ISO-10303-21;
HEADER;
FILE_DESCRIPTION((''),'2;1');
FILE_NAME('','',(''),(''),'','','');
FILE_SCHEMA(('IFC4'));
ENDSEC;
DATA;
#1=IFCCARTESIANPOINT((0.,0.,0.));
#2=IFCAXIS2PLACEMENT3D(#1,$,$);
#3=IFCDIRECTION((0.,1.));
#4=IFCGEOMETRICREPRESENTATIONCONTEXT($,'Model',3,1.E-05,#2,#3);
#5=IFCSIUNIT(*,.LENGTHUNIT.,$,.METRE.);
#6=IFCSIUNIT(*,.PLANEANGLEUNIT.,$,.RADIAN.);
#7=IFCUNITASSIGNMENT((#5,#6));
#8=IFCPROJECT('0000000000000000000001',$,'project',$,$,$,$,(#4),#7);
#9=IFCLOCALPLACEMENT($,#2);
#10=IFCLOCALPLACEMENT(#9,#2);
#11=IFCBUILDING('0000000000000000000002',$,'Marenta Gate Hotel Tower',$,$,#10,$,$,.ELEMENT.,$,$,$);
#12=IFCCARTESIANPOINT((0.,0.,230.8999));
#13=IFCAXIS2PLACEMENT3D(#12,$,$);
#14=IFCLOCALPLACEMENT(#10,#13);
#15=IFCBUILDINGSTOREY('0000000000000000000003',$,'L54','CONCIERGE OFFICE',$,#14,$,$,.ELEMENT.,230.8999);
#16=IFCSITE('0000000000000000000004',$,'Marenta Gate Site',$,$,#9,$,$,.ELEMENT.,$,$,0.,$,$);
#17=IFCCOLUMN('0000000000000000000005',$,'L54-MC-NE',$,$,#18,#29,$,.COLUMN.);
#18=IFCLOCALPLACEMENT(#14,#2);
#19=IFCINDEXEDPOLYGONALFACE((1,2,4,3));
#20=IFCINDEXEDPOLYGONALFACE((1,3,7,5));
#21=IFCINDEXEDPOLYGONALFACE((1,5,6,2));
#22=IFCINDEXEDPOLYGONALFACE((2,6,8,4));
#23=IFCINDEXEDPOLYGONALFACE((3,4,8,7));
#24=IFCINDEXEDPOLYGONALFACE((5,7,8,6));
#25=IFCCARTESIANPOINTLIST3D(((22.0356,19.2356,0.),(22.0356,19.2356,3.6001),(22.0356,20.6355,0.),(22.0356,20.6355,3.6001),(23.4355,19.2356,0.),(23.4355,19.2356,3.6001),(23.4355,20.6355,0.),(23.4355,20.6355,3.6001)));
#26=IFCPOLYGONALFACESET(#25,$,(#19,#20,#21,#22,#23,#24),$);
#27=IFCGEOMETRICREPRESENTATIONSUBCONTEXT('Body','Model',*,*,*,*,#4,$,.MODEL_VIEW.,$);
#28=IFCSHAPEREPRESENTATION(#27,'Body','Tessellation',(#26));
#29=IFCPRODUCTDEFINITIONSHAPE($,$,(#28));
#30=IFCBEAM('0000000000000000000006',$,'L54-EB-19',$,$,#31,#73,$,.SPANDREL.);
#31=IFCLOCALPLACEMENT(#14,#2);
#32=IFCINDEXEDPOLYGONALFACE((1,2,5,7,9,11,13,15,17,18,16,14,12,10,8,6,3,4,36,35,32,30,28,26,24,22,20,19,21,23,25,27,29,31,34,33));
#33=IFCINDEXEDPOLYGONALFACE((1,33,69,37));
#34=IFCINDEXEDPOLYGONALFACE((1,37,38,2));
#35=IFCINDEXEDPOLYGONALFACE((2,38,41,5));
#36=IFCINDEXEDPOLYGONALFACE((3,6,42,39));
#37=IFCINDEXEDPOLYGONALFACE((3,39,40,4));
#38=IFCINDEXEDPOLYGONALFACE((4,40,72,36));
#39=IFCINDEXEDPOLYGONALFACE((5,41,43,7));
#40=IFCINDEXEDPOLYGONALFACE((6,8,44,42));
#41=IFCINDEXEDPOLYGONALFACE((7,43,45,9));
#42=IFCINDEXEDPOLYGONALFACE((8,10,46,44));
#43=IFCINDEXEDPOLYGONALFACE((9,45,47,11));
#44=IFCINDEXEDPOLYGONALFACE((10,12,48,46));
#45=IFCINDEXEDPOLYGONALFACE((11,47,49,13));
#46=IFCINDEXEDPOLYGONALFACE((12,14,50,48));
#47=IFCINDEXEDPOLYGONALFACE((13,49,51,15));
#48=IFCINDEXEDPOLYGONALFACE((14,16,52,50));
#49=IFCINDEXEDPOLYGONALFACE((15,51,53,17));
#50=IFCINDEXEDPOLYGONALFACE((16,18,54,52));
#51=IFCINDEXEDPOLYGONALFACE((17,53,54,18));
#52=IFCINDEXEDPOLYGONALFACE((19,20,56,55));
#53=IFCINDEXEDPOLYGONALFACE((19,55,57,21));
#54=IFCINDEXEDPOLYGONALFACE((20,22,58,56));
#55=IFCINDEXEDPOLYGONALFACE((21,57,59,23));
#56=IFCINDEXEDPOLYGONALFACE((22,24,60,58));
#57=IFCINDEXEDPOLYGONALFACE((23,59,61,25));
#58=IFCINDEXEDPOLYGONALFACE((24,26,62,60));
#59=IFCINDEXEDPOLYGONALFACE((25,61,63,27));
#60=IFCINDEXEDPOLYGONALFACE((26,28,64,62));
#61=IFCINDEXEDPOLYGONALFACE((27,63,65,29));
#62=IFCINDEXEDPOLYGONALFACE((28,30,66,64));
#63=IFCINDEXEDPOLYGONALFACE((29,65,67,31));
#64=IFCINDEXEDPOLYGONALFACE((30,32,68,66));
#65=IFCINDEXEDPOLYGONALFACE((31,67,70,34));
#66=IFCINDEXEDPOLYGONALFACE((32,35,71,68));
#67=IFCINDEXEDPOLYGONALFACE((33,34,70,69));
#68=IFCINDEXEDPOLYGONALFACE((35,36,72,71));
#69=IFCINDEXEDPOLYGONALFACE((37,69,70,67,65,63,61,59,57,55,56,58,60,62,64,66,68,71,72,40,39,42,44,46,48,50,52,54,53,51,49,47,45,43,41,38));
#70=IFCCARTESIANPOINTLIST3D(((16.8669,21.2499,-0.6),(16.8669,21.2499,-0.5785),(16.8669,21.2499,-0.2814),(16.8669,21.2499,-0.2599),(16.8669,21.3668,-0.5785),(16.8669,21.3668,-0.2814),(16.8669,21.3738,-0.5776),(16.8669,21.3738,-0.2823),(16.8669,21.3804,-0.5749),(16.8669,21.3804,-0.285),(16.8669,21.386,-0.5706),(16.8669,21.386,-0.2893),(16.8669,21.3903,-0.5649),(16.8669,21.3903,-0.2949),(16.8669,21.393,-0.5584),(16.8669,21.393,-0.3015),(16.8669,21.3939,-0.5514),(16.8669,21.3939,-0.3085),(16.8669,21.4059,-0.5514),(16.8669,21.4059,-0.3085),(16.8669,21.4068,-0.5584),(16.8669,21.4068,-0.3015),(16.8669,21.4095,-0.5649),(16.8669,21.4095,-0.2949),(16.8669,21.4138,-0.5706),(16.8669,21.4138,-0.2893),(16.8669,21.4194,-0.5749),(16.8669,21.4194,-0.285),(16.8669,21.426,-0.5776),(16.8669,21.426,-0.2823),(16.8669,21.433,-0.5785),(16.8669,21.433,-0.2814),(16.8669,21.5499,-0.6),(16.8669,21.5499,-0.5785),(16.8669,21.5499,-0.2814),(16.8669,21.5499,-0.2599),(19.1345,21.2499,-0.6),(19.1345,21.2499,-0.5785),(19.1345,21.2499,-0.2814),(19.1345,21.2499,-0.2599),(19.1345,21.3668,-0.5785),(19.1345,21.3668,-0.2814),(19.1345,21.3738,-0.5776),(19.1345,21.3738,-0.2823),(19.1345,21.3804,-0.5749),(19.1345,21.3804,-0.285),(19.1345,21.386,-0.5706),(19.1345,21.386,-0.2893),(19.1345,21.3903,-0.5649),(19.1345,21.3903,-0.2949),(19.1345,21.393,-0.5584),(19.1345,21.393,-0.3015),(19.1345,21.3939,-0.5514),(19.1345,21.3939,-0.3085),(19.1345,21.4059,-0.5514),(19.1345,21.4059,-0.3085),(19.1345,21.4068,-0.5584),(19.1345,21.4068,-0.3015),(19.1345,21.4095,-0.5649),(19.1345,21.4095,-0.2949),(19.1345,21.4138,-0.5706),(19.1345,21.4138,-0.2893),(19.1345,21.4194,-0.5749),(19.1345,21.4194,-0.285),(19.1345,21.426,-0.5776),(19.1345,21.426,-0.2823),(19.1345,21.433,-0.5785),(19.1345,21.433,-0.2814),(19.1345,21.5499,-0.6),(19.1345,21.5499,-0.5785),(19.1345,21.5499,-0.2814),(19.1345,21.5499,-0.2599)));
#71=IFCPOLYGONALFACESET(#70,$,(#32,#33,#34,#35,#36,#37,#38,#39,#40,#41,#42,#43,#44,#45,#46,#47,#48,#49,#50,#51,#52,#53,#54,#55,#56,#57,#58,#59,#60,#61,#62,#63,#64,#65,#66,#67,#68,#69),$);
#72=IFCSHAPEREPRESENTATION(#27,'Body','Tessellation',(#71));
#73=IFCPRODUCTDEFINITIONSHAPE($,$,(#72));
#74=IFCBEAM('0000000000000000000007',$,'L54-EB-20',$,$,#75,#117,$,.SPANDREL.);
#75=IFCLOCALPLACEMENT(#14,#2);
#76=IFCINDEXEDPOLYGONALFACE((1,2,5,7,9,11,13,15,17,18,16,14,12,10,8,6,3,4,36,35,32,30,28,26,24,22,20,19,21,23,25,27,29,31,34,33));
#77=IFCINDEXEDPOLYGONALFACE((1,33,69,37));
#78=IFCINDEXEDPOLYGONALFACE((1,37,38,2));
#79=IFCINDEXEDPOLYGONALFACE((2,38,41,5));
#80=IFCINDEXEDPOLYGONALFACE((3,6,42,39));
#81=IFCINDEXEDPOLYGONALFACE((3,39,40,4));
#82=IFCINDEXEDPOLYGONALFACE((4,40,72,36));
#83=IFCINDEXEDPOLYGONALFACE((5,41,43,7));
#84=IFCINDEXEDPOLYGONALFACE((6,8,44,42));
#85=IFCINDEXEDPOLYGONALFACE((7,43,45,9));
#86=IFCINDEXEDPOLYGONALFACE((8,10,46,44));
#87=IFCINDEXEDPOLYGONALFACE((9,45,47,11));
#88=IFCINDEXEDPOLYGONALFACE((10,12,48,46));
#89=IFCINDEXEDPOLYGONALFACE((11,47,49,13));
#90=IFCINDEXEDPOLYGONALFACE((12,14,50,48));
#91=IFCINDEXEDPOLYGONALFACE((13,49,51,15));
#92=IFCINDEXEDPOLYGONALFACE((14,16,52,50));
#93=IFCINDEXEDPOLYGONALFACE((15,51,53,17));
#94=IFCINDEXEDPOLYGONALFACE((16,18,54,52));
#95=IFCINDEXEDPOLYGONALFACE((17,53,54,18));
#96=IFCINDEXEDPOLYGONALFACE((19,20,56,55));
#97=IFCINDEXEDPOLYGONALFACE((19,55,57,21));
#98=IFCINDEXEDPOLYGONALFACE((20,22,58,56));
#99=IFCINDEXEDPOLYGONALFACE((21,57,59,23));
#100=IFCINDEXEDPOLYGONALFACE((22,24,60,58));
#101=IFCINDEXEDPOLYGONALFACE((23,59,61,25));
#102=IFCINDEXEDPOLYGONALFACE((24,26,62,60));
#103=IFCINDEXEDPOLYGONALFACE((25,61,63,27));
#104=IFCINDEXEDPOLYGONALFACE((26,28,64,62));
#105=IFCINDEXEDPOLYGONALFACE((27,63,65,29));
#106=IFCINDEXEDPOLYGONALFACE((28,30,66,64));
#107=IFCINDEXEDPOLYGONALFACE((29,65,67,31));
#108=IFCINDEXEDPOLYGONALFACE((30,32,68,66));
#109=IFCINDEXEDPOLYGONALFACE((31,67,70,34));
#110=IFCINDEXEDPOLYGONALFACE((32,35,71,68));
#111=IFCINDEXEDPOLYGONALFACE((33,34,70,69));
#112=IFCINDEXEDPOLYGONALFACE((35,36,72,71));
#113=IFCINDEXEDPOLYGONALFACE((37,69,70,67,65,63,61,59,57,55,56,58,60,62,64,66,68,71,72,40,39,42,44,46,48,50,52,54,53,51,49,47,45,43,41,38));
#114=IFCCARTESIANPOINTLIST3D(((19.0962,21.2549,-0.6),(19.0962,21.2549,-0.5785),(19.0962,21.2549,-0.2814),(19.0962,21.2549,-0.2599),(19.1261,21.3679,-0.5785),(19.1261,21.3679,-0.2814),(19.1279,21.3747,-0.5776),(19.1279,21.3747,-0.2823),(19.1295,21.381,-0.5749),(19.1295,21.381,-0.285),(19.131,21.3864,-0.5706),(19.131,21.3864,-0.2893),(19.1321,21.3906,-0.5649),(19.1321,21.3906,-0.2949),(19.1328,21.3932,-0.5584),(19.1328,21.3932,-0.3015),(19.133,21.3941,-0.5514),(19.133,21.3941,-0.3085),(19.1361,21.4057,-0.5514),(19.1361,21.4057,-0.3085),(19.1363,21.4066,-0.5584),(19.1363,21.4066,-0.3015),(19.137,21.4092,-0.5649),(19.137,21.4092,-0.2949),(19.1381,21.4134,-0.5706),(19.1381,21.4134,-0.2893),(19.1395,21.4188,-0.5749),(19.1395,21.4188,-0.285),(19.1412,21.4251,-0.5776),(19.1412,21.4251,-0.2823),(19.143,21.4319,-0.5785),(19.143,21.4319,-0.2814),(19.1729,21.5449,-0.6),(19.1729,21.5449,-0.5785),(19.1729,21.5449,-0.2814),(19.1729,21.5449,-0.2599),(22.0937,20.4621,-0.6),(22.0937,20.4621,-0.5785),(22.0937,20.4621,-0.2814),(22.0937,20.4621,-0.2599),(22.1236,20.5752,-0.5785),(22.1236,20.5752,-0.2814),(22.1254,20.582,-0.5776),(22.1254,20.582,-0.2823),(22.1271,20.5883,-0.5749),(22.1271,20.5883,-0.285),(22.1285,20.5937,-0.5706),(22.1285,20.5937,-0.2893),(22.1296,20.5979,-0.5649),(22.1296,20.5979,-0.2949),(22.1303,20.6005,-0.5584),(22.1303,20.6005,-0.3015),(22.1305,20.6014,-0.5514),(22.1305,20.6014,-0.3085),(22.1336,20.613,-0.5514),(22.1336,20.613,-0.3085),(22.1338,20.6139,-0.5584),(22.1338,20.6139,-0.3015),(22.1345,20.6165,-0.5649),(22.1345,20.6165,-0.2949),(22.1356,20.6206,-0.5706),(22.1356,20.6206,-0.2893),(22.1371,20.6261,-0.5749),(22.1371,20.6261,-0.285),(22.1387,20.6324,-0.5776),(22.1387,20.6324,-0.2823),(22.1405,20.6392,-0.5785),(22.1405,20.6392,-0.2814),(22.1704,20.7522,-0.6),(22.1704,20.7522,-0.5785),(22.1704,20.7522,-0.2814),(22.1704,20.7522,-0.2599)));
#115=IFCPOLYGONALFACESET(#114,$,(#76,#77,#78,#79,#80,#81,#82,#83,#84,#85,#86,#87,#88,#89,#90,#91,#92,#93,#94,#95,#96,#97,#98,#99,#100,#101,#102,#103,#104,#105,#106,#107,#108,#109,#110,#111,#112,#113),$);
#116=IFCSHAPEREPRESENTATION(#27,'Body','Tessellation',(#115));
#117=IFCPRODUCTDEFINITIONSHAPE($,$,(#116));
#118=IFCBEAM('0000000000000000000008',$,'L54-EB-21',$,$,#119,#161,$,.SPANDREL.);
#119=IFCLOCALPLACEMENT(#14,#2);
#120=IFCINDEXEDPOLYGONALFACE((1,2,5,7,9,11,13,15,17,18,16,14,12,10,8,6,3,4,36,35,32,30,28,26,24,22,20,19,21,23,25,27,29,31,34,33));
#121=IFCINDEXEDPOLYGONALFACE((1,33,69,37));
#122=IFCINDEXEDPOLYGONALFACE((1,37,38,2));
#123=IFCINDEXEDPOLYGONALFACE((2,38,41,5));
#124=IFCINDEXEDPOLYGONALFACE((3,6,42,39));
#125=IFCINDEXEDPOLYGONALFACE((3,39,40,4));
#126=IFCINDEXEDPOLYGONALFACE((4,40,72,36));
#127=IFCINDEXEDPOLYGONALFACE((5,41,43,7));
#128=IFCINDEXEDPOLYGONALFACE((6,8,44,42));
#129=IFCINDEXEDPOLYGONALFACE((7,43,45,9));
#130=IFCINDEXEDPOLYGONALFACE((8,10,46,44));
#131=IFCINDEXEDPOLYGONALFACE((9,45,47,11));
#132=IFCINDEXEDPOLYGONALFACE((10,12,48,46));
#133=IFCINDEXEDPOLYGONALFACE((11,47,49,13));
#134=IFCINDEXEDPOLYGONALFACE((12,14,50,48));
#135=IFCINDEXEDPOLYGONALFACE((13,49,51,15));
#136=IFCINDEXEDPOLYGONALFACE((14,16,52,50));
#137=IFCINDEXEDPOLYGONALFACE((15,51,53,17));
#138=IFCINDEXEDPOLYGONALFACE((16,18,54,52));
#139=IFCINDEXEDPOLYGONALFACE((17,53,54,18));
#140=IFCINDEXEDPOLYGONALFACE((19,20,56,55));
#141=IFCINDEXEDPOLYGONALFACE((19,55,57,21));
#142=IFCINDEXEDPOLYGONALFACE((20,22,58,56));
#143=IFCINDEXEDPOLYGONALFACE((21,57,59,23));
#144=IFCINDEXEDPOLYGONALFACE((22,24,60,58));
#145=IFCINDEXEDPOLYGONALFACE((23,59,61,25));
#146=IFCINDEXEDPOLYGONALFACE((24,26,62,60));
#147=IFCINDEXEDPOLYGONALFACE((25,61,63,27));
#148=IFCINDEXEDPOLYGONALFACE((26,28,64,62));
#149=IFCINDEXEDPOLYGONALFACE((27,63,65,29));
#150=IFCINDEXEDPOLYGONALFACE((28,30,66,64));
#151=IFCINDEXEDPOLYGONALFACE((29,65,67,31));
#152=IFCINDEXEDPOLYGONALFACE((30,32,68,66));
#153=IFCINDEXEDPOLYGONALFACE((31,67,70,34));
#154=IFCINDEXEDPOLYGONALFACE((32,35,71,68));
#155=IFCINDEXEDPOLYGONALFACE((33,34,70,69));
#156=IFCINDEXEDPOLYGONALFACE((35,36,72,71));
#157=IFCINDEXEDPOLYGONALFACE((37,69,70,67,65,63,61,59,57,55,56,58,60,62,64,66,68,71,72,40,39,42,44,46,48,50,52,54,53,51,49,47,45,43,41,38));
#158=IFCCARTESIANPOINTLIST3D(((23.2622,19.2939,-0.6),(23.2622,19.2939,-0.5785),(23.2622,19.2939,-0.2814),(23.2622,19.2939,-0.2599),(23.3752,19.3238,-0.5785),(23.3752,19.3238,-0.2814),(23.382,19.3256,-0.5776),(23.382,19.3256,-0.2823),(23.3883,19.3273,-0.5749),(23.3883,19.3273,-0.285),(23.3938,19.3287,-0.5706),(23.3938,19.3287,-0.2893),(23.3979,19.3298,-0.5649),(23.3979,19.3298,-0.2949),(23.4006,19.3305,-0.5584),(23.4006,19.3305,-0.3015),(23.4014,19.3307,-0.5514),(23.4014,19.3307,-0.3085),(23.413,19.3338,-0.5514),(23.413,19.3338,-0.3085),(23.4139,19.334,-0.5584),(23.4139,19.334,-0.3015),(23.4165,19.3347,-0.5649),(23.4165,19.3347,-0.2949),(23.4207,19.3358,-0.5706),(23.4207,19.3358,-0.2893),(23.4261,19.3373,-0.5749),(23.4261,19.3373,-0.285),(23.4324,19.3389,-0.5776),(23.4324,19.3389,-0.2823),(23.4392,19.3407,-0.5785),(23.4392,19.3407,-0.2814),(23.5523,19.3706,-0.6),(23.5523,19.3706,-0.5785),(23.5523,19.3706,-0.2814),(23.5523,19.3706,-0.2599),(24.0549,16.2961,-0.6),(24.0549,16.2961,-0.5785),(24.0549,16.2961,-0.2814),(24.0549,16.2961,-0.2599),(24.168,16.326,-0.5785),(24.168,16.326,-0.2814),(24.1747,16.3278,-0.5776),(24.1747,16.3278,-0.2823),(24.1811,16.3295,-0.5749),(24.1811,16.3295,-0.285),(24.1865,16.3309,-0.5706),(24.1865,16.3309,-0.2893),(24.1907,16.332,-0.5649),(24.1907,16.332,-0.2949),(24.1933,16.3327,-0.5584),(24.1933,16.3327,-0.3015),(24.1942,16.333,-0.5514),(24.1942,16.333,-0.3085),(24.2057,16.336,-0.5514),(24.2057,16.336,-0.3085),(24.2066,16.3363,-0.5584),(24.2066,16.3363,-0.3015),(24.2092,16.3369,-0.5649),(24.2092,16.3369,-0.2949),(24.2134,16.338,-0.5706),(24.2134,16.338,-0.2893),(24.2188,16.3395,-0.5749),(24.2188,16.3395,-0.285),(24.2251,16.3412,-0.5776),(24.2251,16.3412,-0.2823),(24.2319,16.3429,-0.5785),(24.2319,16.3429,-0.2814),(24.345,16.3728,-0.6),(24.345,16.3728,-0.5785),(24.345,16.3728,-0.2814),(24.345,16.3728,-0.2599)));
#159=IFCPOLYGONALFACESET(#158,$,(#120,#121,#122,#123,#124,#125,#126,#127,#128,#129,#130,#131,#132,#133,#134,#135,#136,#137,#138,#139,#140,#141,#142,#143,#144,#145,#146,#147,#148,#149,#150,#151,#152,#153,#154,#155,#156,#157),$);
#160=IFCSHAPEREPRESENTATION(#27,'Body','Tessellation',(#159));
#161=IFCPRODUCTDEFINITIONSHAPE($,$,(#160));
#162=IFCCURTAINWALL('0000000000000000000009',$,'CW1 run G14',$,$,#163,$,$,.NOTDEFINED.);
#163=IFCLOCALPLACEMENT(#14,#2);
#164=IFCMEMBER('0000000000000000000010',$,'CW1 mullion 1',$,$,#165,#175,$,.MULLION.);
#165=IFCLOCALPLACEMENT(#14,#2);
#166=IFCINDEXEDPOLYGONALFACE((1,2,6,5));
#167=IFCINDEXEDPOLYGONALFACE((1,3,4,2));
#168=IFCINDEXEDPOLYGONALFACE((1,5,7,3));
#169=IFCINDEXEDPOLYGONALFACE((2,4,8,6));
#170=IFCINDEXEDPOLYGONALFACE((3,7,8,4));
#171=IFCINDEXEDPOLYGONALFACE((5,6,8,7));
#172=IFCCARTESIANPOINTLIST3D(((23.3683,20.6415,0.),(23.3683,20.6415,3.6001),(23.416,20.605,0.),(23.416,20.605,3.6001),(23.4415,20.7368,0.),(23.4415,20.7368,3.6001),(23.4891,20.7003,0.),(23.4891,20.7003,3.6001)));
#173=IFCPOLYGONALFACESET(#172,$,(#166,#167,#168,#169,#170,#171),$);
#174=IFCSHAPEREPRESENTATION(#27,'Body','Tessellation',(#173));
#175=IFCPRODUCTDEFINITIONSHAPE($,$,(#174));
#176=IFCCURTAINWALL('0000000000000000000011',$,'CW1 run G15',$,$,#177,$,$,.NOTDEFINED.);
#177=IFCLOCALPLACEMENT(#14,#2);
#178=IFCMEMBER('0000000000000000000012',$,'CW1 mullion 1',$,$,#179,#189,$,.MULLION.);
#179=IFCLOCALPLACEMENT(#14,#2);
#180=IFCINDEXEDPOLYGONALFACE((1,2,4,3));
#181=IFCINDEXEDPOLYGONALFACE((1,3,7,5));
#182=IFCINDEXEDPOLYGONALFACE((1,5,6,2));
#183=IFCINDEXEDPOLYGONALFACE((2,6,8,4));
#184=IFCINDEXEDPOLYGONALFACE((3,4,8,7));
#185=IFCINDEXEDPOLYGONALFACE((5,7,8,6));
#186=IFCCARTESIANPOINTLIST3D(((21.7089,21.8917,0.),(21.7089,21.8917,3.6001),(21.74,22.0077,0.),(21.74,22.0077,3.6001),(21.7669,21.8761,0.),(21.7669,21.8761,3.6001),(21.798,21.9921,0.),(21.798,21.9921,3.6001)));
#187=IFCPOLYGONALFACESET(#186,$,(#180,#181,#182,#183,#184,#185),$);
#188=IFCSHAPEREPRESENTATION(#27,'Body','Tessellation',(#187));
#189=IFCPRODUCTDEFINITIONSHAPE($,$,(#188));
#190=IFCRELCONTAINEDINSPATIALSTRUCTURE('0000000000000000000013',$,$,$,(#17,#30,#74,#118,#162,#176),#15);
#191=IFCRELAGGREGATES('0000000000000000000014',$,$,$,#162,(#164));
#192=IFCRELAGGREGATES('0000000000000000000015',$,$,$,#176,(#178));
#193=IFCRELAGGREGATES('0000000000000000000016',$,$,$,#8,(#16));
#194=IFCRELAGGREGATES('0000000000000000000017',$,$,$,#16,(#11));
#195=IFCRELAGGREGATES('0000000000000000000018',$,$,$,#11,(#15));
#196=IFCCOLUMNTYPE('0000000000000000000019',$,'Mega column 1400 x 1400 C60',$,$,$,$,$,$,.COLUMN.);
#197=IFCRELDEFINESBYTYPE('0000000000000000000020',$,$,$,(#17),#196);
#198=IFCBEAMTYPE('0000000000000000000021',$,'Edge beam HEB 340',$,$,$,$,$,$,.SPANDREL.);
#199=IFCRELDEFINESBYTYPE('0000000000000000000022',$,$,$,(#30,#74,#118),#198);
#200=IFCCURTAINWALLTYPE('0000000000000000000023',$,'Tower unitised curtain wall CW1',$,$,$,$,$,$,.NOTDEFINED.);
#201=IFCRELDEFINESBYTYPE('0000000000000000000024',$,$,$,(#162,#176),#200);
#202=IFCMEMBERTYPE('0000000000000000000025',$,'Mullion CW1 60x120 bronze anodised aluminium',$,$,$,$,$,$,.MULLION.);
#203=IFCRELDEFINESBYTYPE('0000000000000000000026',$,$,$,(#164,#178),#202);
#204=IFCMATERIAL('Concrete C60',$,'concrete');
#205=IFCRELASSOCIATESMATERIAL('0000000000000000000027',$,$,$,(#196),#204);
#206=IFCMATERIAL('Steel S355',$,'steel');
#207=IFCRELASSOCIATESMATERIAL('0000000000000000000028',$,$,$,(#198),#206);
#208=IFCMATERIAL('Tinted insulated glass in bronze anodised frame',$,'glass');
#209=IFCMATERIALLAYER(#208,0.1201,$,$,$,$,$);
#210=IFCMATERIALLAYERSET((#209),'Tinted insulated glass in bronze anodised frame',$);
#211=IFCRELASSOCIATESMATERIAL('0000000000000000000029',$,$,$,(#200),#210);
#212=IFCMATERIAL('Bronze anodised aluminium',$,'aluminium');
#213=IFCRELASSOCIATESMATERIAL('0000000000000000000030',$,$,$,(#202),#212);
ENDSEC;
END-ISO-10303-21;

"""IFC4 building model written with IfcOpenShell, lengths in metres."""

from ifc_helpers import new_model, si_unit, direction, frame, origin, origin_2d, place, context, subcontext, project, spatial, rectangle, i_section, extrude, material, layer, layer_set, material_profile, profile_set, type_object, element, aggregate, save


model = new_model("IFC4")

# Units and contexts
model_context = context("Model", 3, precision=1e-05, world=origin(), true_north=direction((0.0, 1.0)))
body_context = subcontext(model_context, "Body", "Model", "MODEL_VIEW")
ifc_project = project(units=[si_unit("LENGTHUNIT", "METRE"), si_unit("PLANEANGLEUNIT", "RADIAN")], contexts=[model_context])

# Site, building, storey
site_placement = place(None, origin())
site = spatial("IfcSite", under=ifc_project, at=site_placement, Name="Marenta Gate Site", CompositionType="ELEMENT", RefElevation=0.0)
building_placement = place(site_placement, origin())
building = spatial("IfcBuilding", under=site, at=building_placement, Name="Marenta Gate Hotel Tower", CompositionType="ELEMENT")
storey_placement = place(building_placement, frame((0.0, 0.0, 230.8999)))
storey = spatial("IfcBuildingStorey", under=building, at=storey_placement, Name="L54", Description="CONCIERGE OFFICE", CompositionType="ELEMENT", Elevation=230.8999)

# Column
ifc_material_1 = material(Name="Concrete C60", Category="concrete")
ifc_material_profile_1 = material_profile(ifc_material_1, rectangle(XDim=1.3999, YDim=1.3999, at=origin_2d()), Name="1400 x 1400")
ifc_profile_set_1 = profile_set([ifc_material_profile_1], Name="Concrete C60")
column_type = type_object("IfcColumnType", Name="Mega column 1400 x 1400 C60", PredefinedType="COLUMN", material=ifc_profile_set_1)
column_placement = place(storey_placement, frame((22.7356, 19.9355, 0.0), z_axis=(0.0, 0.0, 1.0), x_axis=(1.0, 0.0, 0.0)))
element("IfcColumn", 1, at=column_placement, inside=storey, type_object=column_type, Name="L54-MC-NE", PredefinedType="COLUMN", context=body_context, shape_type="SweptSolid", body=[
    extrude(rectangle(XDim=1.3999, YDim=1.3999, at=origin_2d()), origin(), (0.0, 0.0, 1.0), 3.6001),
])

# Beams
ifc_material_2 = material(Name="Steel S355", Category="steel")
ifc_material_profile_2 = material_profile(ifc_material_2, i_section(OverallWidth=0.3, OverallDepth=0.3401, WebThickness=0.012, FlangeThickness=0.0215, FilletRadius=0.0271, at=origin_2d()), Name="HEB 340")
ifc_profile_set_2 = profile_set([ifc_material_profile_2], Name="Steel S355")
beam_type = type_object("IfcBeamType", Name="Edge beam HEB 340", PredefinedType="SPANDREL", material=ifc_profile_set_2)
beam_1_placement = place(storey_placement, frame((16.8669, 21.3999, -0.4299), z_axis=(1.0, 0.0, 0.0), x_axis=(0.0, 1.0, 0.0)))
element("IfcBeam", 2, at=beam_1_placement, inside=storey, type_object=beam_type, Name="L54-EB-19", PredefinedType="SPANDREL", context=body_context, shape_type="SweptSolid", body=[
    extrude(i_section(OverallWidth=0.3, OverallDepth=0.3401, WebThickness=0.012, FlangeThickness=0.0215, FilletRadius=0.0271, at=origin_2d()), origin(), (0.0, 0.0, 1.0), 2.2676),
])
beam_2_placement = place(storey_placement, frame((19.1345, 21.3999, -0.4299), z_axis=(0.966765, -0.255667, 0.0), x_axis=(0.255667, 0.966765, 0.0)))
element("IfcBeam", 3, at=beam_2_placement, inside=storey, type_object=beam_type, Name="L54-EB-20", PredefinedType="SPANDREL", context=body_context, shape_type="SweptSolid", body=[
    extrude(i_section(OverallWidth=0.3, OverallDepth=0.3401, WebThickness=0.012, FlangeThickness=0.0215, FilletRadius=0.0271, at=origin_2d()), origin(), (0.0, 0.0, 1.0), 3.1006),
])
beam_3_placement = place(storey_placement, frame((23.4072, 19.3323, -0.4299), z_axis=(0.255648, -0.96677, 0.0), x_axis=(0.96677, 0.255648, 0.0)))
element("IfcBeam", 4, at=beam_3_placement, inside=storey, type_object=beam_type, Name="L54-EB-21", PredefinedType="SPANDREL", context=body_context, shape_type="SweptSolid", body=[
    extrude(i_section(OverallWidth=0.3, OverallDepth=0.3401, WebThickness=0.012, FlangeThickness=0.0215, FilletRadius=0.0271, at=origin_2d()), origin(), (0.0, 0.0, 1.0), 3.1008),
])

# Curtain wall, member
ifc_material_3 = material(Name="Tinted insulated glass in bronze anodised frame", Category="glass")
ifc_layer_1 = layer(ifc_material_3, 0.1201)
ifc_layer_set_1 = layer_set([ifc_layer_1], Name="Tinted insulated glass in bronze anodised frame")
curtain_wall_type = type_object("IfcCurtainWallType", Name="Tower unitised curtain wall CW1", PredefinedType="NOTDEFINED", material=ifc_layer_set_1)
curtain_wall_1_placement = place(storey_placement, origin())
curtain_wall_1 = element("IfcCurtainWall", 5, at=curtain_wall_1_placement, inside=storey, type_object=curtain_wall_type, Name="CW1 run G14", PredefinedType="NOTDEFINED")
ifc_material_4 = material(Name="Bronze anodised aluminium", Category="aluminium")
ifc_material_profile_3 = material_profile(ifc_material_4, rectangle(XDim=0.1201, YDim=0.0601, at=origin_2d()), Name="Mullion CW1 60x120 bronze anodised aluminium")
ifc_profile_set_3 = profile_set([ifc_material_profile_3], Name="Bronze anodised aluminium")
member_type_1 = type_object("IfcMemberType", Name="Mullion CW1 60x120 bronze anodised aluminium", PredefinedType="MULLION", material=ifc_profile_set_3)
member_1_placement = place(storey_placement, frame((23.4287, 20.6709, 0.0), z_axis=(0.0, 0.0, 1.0), x_axis=(-0.608787, -0.793333, 0.0)))
member_1 = element("IfcMember", 6, at=member_1_placement, type_object=member_type_1, Name="CW1 mullion 1", PredefinedType="MULLION", context=body_context, shape_type="SweptSolid", body=[
    extrude(rectangle(XDim=0.1201, YDim=0.0601, at=origin_2d()), origin(), (0.0, 0.0, 1.0), 3.6001),
])

# Curtain wall, member
curtain_wall_2_placement = place(storey_placement, origin())
curtain_wall_2 = element("IfcCurtainWall", 7, at=curtain_wall_2_placement, inside=storey, type_object=curtain_wall_type, Name="CW1 run G15", PredefinedType="NOTDEFINED")
member_2_placement = place(storey_placement, frame((21.7534, 21.9419, 0.0), z_axis=(0.0, 0.0, 1.0), x_axis=(-0.258805, -0.96593, 0.0)))
member_2 = element("IfcMember", 8, at=member_2_placement, type_object=member_type_1, Name="CW1 mullion 1", PredefinedType="MULLION", context=body_context, shape_type="SweptSolid", body=[
    extrude(rectangle(XDim=0.1201, YDim=0.0601, at=origin_2d()), origin(), (0.0, 0.0, 1.0), 3.6001),
])

aggregate(curtain_wall_1, [member_1])
aggregate(curtain_wall_2, [member_2])

save(model, "model.ifc")
